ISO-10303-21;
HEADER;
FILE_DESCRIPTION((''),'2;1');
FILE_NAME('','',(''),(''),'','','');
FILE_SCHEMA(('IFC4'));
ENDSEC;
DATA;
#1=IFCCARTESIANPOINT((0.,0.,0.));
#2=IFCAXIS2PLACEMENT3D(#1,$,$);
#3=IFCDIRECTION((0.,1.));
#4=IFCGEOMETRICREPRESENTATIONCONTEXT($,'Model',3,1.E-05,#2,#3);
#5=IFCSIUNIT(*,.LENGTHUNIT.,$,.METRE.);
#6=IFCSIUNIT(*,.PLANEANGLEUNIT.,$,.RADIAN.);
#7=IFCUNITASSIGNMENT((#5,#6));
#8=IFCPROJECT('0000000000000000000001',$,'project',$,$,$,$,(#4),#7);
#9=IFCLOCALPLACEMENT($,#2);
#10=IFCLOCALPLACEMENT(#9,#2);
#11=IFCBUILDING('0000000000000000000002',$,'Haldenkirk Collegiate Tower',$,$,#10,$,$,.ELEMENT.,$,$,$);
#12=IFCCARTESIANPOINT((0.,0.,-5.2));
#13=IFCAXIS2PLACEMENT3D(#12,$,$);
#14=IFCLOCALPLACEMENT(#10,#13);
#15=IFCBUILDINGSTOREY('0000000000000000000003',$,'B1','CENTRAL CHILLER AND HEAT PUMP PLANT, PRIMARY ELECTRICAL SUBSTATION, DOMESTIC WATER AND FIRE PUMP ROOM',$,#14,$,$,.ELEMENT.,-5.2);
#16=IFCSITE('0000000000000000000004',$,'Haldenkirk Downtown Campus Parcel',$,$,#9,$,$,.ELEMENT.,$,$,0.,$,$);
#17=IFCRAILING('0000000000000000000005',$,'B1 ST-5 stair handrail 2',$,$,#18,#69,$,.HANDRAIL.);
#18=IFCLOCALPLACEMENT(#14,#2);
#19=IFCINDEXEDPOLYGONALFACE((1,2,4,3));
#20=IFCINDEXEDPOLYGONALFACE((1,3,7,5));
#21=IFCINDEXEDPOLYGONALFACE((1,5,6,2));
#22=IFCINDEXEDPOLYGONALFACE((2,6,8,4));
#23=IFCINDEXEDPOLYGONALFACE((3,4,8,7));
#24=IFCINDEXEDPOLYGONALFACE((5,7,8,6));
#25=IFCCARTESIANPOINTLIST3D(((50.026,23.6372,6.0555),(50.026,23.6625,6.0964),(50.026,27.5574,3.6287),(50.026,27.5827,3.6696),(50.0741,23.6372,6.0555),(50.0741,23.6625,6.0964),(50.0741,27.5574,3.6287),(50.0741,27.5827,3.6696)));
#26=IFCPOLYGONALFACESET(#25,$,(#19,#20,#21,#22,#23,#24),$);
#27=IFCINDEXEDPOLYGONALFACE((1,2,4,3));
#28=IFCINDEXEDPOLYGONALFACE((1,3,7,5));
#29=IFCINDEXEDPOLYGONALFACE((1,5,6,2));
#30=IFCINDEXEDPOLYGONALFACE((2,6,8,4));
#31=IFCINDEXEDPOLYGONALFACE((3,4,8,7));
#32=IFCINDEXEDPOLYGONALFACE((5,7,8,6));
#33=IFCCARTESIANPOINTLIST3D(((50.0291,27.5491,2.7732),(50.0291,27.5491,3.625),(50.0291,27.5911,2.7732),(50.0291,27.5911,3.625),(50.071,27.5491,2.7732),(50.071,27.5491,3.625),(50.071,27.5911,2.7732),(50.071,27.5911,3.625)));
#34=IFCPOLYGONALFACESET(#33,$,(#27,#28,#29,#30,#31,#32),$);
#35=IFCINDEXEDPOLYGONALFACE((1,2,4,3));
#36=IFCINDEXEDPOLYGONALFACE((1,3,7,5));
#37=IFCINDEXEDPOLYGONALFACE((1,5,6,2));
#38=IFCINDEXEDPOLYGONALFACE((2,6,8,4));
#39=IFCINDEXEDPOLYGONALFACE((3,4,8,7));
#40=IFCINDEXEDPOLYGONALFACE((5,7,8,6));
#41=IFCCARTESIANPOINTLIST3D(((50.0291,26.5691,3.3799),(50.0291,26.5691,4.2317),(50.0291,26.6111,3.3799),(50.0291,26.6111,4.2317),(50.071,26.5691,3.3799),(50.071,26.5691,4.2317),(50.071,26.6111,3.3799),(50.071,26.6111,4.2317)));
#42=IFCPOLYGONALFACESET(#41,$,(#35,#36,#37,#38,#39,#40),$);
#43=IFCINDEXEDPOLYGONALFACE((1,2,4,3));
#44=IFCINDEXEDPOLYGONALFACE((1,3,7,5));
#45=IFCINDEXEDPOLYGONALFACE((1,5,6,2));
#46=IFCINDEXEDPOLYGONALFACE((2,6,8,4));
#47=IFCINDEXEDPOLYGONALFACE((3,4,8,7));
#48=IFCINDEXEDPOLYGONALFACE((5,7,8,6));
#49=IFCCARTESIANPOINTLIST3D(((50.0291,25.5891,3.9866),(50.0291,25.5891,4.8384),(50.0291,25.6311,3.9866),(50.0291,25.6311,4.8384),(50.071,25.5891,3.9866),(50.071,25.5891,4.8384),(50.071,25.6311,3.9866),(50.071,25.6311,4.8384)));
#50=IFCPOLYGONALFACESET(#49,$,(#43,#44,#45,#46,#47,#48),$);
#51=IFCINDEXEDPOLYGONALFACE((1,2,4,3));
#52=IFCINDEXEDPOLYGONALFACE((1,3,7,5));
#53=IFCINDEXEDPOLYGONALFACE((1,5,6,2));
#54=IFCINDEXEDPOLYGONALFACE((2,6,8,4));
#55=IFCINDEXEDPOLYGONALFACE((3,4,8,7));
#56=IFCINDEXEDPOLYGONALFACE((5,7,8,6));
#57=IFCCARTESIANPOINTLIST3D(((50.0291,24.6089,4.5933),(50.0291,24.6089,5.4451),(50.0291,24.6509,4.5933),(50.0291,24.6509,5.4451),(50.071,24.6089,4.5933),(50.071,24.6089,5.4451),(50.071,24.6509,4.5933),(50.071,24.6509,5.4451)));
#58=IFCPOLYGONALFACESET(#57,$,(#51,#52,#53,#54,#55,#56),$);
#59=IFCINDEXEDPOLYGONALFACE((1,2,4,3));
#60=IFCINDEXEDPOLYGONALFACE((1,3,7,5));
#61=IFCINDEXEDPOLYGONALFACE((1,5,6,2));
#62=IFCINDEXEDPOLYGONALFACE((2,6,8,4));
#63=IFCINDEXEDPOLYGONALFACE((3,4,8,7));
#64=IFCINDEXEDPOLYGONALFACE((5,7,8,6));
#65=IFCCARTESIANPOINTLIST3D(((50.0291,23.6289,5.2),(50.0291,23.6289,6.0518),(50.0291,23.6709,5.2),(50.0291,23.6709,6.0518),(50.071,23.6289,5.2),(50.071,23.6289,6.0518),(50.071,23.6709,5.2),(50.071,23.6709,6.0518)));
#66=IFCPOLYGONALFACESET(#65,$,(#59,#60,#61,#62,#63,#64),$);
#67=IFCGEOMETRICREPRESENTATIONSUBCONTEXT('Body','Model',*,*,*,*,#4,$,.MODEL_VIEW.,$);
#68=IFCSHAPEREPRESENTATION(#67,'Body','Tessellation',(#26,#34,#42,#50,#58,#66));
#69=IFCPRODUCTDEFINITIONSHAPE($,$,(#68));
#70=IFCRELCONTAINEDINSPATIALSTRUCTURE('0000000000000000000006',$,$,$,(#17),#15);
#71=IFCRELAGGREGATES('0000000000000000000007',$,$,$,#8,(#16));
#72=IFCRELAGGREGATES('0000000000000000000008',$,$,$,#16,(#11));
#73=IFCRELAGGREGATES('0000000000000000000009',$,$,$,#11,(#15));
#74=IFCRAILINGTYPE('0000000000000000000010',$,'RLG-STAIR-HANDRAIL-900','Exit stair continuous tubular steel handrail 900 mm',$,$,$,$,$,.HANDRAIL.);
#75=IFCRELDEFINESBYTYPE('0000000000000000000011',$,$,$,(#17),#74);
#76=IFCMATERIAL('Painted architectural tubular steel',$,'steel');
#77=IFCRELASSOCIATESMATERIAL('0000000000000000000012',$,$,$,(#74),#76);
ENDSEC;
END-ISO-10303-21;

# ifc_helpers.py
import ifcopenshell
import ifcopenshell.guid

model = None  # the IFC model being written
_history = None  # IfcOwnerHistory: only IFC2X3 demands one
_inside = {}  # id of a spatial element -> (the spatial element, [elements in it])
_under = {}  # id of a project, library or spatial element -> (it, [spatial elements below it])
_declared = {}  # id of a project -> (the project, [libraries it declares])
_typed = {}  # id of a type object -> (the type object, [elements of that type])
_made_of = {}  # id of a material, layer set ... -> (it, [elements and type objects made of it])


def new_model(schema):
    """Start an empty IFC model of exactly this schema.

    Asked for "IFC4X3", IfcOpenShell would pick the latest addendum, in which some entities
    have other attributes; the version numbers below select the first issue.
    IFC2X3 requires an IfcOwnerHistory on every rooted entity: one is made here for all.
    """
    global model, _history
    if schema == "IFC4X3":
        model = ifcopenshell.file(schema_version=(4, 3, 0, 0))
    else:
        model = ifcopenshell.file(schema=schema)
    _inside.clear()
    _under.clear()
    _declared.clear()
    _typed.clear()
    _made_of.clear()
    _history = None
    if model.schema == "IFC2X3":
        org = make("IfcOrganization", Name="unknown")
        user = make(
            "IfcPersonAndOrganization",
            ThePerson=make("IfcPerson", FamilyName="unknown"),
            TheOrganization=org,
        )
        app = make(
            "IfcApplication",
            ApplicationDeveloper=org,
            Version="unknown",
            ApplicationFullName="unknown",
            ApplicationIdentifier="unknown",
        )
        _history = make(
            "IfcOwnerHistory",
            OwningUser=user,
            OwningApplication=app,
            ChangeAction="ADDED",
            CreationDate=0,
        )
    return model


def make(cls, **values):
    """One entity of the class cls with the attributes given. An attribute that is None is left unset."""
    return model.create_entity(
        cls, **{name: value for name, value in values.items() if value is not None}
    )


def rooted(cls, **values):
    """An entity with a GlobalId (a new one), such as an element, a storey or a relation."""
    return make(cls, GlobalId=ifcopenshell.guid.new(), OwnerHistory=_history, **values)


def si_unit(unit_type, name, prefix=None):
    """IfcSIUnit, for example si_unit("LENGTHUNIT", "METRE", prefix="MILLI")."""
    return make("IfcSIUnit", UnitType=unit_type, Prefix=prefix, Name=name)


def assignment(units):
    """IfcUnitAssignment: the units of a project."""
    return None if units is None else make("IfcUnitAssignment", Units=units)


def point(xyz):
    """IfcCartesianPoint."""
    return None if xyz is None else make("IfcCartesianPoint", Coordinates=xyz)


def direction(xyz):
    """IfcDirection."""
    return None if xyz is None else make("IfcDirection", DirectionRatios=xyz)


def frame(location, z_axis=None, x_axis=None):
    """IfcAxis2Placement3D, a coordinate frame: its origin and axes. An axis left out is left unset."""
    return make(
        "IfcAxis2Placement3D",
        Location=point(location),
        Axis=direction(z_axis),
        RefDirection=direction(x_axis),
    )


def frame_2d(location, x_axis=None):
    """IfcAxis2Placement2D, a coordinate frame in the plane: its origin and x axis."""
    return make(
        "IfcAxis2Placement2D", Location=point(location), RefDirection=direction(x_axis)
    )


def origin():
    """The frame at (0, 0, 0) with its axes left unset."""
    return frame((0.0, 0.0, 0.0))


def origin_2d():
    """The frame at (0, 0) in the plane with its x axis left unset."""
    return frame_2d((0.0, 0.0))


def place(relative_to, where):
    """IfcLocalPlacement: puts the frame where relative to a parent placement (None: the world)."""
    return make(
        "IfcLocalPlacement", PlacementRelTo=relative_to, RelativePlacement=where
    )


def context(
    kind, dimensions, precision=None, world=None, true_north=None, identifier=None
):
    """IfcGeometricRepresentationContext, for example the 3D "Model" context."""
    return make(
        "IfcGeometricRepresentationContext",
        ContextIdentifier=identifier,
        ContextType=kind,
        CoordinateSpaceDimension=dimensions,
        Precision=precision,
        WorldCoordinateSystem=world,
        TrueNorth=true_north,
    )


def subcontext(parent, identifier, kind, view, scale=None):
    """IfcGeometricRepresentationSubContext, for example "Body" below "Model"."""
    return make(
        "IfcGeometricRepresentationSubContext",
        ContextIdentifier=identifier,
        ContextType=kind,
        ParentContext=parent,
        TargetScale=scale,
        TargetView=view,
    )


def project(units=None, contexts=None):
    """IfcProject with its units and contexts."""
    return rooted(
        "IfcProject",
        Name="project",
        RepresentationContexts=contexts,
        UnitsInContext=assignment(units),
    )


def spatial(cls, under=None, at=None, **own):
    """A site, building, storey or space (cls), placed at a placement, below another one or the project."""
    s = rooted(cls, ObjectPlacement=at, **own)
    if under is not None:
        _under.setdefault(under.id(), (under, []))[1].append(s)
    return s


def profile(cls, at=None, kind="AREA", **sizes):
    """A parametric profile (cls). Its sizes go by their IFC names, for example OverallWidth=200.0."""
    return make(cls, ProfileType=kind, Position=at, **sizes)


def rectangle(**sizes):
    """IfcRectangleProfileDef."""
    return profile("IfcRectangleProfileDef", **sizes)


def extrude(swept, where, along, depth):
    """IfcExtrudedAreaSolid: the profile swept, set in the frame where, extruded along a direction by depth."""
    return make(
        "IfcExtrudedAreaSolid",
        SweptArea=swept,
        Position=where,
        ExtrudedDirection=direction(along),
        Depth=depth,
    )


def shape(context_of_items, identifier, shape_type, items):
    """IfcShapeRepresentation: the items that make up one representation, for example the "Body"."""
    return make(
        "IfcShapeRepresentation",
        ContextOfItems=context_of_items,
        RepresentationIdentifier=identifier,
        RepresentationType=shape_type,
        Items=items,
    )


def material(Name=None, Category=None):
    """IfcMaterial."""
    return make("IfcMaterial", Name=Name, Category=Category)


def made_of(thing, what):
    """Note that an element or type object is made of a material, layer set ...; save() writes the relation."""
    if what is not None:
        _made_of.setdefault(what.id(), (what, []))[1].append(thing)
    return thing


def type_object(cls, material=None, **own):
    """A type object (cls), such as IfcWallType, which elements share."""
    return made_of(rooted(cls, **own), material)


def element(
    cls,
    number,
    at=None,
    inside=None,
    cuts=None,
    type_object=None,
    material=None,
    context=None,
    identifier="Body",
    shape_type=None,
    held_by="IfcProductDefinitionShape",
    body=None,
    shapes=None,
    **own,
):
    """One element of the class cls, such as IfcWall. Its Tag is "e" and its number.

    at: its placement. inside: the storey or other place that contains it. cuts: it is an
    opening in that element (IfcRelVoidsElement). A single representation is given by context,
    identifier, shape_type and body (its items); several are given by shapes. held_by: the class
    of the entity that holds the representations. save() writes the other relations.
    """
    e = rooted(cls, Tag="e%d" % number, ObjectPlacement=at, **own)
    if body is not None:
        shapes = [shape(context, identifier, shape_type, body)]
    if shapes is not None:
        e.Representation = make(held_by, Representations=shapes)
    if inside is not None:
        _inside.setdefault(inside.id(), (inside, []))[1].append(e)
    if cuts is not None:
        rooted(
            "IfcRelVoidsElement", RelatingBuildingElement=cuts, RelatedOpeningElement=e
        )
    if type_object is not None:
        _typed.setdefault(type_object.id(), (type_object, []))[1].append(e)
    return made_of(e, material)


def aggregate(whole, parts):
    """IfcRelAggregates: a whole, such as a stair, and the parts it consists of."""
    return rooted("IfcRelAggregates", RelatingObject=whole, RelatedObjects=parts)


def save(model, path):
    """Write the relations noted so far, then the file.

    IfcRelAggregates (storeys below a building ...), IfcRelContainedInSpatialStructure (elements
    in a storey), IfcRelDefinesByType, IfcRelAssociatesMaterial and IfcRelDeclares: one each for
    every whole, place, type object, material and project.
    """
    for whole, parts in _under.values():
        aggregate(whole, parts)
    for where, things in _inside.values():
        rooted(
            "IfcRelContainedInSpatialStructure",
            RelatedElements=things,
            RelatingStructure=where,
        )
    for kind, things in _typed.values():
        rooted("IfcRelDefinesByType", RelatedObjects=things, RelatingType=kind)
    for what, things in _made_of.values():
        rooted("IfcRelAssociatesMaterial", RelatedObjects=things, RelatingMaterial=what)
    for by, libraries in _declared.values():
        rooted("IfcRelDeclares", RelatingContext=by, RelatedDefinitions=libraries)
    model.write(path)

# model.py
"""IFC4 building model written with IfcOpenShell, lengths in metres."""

from ifc_helpers import new_model, si_unit, direction, frame, origin, origin_2d, place, context, subcontext, project, spatial, rectangle, extrude, material, type_object, element, save


model = new_model("IFC4")

# Units and contexts
model_context = context("Model", 3, precision=1e-05, world=origin(), true_north=direction((0.0, 1.0)))
body_context = subcontext(model_context, "Body", "Model", "MODEL_VIEW")
ifc_project = project(units=[si_unit("LENGTHUNIT", "METRE"), si_unit("PLANEANGLEUNIT", "RADIAN")], contexts=[model_context])

# Site, building, storey
site_placement = place(None, origin())
site = spatial("IfcSite", under=ifc_project, at=site_placement, Name="Haldenkirk Downtown Campus Parcel", CompositionType="ELEMENT", RefElevation=0.0)
building_placement = place(site_placement, origin())
building = spatial("IfcBuilding", under=site, at=building_placement, Name="Haldenkirk Collegiate Tower", CompositionType="ELEMENT")
storey_placement = place(building_placement, frame((0.0, 0.0, -5.2)))
storey = spatial("IfcBuildingStorey", under=building, at=storey_placement, Name="B1", Description="CENTRAL CHILLER AND HEAT PUMP PLANT, PRIMARY ELECTRICAL SUBSTATION, DOMESTIC WATER AND FIRE PUMP ROOM", CompositionType="ELEMENT", Elevation=-5.2)

# Railing
ifc_material_1 = material(Name="Painted architectural tubular steel", Category="steel")
railing_type_1 = type_object("IfcRailingType", Name="RLG-STAIR-HANDRAIL-900", Description="Exit stair continuous tubular steel handrail 900 mm", PredefinedType="HANDRAIL", material=ifc_material_1)
railing_1_placement = place(storey_placement, frame((50.05, 27.5701, 2.7732)))
element("IfcRailing", 1, at=railing_1_placement, inside=storey, type_object=railing_type_1, Name="B1 ST-5 stair handrail 2", PredefinedType="HANDRAIL", context=body_context, shape_type="SweptSolid", body=[
    extrude(rectangle(XDim=0.0481, YDim=0.0481, at=origin_2d()), frame((0.0, 0.0, 0.876), z_axis=(0.0, -0.850266, 0.526353), x_axis=(1.0, 0.0, 0.0)), (0.0, 0.0, 1.0), 4.6106),
    extrude(rectangle(XDim=0.042, YDim=0.042, at=origin_2d()), origin(), (0.0, 0.0, 1.0), 0.8518),
    extrude(rectangle(XDim=0.042, YDim=0.042, at=origin_2d()), frame((0.0, -0.98, 0.6067)), (0.0, 0.0, 1.0), 0.8518),
    extrude(rectangle(XDim=0.042, YDim=0.042, at=origin_2d()), frame((0.0, -1.96, 1.2134)), (0.0, 0.0, 1.0), 0.8518),
    extrude(rectangle(XDim=0.042, YDim=0.042, at=origin_2d()), frame((0.0, -2.9402, 1.8201)), (0.0, 0.0, 1.0), 0.8518),
    extrude(rectangle(XDim=0.042, YDim=0.042, at=origin_2d()), frame((0.0, -3.9202, 2.4268)), (0.0, 0.0, 1.0), 0.8518),
])

save(model, "model.ifc")
